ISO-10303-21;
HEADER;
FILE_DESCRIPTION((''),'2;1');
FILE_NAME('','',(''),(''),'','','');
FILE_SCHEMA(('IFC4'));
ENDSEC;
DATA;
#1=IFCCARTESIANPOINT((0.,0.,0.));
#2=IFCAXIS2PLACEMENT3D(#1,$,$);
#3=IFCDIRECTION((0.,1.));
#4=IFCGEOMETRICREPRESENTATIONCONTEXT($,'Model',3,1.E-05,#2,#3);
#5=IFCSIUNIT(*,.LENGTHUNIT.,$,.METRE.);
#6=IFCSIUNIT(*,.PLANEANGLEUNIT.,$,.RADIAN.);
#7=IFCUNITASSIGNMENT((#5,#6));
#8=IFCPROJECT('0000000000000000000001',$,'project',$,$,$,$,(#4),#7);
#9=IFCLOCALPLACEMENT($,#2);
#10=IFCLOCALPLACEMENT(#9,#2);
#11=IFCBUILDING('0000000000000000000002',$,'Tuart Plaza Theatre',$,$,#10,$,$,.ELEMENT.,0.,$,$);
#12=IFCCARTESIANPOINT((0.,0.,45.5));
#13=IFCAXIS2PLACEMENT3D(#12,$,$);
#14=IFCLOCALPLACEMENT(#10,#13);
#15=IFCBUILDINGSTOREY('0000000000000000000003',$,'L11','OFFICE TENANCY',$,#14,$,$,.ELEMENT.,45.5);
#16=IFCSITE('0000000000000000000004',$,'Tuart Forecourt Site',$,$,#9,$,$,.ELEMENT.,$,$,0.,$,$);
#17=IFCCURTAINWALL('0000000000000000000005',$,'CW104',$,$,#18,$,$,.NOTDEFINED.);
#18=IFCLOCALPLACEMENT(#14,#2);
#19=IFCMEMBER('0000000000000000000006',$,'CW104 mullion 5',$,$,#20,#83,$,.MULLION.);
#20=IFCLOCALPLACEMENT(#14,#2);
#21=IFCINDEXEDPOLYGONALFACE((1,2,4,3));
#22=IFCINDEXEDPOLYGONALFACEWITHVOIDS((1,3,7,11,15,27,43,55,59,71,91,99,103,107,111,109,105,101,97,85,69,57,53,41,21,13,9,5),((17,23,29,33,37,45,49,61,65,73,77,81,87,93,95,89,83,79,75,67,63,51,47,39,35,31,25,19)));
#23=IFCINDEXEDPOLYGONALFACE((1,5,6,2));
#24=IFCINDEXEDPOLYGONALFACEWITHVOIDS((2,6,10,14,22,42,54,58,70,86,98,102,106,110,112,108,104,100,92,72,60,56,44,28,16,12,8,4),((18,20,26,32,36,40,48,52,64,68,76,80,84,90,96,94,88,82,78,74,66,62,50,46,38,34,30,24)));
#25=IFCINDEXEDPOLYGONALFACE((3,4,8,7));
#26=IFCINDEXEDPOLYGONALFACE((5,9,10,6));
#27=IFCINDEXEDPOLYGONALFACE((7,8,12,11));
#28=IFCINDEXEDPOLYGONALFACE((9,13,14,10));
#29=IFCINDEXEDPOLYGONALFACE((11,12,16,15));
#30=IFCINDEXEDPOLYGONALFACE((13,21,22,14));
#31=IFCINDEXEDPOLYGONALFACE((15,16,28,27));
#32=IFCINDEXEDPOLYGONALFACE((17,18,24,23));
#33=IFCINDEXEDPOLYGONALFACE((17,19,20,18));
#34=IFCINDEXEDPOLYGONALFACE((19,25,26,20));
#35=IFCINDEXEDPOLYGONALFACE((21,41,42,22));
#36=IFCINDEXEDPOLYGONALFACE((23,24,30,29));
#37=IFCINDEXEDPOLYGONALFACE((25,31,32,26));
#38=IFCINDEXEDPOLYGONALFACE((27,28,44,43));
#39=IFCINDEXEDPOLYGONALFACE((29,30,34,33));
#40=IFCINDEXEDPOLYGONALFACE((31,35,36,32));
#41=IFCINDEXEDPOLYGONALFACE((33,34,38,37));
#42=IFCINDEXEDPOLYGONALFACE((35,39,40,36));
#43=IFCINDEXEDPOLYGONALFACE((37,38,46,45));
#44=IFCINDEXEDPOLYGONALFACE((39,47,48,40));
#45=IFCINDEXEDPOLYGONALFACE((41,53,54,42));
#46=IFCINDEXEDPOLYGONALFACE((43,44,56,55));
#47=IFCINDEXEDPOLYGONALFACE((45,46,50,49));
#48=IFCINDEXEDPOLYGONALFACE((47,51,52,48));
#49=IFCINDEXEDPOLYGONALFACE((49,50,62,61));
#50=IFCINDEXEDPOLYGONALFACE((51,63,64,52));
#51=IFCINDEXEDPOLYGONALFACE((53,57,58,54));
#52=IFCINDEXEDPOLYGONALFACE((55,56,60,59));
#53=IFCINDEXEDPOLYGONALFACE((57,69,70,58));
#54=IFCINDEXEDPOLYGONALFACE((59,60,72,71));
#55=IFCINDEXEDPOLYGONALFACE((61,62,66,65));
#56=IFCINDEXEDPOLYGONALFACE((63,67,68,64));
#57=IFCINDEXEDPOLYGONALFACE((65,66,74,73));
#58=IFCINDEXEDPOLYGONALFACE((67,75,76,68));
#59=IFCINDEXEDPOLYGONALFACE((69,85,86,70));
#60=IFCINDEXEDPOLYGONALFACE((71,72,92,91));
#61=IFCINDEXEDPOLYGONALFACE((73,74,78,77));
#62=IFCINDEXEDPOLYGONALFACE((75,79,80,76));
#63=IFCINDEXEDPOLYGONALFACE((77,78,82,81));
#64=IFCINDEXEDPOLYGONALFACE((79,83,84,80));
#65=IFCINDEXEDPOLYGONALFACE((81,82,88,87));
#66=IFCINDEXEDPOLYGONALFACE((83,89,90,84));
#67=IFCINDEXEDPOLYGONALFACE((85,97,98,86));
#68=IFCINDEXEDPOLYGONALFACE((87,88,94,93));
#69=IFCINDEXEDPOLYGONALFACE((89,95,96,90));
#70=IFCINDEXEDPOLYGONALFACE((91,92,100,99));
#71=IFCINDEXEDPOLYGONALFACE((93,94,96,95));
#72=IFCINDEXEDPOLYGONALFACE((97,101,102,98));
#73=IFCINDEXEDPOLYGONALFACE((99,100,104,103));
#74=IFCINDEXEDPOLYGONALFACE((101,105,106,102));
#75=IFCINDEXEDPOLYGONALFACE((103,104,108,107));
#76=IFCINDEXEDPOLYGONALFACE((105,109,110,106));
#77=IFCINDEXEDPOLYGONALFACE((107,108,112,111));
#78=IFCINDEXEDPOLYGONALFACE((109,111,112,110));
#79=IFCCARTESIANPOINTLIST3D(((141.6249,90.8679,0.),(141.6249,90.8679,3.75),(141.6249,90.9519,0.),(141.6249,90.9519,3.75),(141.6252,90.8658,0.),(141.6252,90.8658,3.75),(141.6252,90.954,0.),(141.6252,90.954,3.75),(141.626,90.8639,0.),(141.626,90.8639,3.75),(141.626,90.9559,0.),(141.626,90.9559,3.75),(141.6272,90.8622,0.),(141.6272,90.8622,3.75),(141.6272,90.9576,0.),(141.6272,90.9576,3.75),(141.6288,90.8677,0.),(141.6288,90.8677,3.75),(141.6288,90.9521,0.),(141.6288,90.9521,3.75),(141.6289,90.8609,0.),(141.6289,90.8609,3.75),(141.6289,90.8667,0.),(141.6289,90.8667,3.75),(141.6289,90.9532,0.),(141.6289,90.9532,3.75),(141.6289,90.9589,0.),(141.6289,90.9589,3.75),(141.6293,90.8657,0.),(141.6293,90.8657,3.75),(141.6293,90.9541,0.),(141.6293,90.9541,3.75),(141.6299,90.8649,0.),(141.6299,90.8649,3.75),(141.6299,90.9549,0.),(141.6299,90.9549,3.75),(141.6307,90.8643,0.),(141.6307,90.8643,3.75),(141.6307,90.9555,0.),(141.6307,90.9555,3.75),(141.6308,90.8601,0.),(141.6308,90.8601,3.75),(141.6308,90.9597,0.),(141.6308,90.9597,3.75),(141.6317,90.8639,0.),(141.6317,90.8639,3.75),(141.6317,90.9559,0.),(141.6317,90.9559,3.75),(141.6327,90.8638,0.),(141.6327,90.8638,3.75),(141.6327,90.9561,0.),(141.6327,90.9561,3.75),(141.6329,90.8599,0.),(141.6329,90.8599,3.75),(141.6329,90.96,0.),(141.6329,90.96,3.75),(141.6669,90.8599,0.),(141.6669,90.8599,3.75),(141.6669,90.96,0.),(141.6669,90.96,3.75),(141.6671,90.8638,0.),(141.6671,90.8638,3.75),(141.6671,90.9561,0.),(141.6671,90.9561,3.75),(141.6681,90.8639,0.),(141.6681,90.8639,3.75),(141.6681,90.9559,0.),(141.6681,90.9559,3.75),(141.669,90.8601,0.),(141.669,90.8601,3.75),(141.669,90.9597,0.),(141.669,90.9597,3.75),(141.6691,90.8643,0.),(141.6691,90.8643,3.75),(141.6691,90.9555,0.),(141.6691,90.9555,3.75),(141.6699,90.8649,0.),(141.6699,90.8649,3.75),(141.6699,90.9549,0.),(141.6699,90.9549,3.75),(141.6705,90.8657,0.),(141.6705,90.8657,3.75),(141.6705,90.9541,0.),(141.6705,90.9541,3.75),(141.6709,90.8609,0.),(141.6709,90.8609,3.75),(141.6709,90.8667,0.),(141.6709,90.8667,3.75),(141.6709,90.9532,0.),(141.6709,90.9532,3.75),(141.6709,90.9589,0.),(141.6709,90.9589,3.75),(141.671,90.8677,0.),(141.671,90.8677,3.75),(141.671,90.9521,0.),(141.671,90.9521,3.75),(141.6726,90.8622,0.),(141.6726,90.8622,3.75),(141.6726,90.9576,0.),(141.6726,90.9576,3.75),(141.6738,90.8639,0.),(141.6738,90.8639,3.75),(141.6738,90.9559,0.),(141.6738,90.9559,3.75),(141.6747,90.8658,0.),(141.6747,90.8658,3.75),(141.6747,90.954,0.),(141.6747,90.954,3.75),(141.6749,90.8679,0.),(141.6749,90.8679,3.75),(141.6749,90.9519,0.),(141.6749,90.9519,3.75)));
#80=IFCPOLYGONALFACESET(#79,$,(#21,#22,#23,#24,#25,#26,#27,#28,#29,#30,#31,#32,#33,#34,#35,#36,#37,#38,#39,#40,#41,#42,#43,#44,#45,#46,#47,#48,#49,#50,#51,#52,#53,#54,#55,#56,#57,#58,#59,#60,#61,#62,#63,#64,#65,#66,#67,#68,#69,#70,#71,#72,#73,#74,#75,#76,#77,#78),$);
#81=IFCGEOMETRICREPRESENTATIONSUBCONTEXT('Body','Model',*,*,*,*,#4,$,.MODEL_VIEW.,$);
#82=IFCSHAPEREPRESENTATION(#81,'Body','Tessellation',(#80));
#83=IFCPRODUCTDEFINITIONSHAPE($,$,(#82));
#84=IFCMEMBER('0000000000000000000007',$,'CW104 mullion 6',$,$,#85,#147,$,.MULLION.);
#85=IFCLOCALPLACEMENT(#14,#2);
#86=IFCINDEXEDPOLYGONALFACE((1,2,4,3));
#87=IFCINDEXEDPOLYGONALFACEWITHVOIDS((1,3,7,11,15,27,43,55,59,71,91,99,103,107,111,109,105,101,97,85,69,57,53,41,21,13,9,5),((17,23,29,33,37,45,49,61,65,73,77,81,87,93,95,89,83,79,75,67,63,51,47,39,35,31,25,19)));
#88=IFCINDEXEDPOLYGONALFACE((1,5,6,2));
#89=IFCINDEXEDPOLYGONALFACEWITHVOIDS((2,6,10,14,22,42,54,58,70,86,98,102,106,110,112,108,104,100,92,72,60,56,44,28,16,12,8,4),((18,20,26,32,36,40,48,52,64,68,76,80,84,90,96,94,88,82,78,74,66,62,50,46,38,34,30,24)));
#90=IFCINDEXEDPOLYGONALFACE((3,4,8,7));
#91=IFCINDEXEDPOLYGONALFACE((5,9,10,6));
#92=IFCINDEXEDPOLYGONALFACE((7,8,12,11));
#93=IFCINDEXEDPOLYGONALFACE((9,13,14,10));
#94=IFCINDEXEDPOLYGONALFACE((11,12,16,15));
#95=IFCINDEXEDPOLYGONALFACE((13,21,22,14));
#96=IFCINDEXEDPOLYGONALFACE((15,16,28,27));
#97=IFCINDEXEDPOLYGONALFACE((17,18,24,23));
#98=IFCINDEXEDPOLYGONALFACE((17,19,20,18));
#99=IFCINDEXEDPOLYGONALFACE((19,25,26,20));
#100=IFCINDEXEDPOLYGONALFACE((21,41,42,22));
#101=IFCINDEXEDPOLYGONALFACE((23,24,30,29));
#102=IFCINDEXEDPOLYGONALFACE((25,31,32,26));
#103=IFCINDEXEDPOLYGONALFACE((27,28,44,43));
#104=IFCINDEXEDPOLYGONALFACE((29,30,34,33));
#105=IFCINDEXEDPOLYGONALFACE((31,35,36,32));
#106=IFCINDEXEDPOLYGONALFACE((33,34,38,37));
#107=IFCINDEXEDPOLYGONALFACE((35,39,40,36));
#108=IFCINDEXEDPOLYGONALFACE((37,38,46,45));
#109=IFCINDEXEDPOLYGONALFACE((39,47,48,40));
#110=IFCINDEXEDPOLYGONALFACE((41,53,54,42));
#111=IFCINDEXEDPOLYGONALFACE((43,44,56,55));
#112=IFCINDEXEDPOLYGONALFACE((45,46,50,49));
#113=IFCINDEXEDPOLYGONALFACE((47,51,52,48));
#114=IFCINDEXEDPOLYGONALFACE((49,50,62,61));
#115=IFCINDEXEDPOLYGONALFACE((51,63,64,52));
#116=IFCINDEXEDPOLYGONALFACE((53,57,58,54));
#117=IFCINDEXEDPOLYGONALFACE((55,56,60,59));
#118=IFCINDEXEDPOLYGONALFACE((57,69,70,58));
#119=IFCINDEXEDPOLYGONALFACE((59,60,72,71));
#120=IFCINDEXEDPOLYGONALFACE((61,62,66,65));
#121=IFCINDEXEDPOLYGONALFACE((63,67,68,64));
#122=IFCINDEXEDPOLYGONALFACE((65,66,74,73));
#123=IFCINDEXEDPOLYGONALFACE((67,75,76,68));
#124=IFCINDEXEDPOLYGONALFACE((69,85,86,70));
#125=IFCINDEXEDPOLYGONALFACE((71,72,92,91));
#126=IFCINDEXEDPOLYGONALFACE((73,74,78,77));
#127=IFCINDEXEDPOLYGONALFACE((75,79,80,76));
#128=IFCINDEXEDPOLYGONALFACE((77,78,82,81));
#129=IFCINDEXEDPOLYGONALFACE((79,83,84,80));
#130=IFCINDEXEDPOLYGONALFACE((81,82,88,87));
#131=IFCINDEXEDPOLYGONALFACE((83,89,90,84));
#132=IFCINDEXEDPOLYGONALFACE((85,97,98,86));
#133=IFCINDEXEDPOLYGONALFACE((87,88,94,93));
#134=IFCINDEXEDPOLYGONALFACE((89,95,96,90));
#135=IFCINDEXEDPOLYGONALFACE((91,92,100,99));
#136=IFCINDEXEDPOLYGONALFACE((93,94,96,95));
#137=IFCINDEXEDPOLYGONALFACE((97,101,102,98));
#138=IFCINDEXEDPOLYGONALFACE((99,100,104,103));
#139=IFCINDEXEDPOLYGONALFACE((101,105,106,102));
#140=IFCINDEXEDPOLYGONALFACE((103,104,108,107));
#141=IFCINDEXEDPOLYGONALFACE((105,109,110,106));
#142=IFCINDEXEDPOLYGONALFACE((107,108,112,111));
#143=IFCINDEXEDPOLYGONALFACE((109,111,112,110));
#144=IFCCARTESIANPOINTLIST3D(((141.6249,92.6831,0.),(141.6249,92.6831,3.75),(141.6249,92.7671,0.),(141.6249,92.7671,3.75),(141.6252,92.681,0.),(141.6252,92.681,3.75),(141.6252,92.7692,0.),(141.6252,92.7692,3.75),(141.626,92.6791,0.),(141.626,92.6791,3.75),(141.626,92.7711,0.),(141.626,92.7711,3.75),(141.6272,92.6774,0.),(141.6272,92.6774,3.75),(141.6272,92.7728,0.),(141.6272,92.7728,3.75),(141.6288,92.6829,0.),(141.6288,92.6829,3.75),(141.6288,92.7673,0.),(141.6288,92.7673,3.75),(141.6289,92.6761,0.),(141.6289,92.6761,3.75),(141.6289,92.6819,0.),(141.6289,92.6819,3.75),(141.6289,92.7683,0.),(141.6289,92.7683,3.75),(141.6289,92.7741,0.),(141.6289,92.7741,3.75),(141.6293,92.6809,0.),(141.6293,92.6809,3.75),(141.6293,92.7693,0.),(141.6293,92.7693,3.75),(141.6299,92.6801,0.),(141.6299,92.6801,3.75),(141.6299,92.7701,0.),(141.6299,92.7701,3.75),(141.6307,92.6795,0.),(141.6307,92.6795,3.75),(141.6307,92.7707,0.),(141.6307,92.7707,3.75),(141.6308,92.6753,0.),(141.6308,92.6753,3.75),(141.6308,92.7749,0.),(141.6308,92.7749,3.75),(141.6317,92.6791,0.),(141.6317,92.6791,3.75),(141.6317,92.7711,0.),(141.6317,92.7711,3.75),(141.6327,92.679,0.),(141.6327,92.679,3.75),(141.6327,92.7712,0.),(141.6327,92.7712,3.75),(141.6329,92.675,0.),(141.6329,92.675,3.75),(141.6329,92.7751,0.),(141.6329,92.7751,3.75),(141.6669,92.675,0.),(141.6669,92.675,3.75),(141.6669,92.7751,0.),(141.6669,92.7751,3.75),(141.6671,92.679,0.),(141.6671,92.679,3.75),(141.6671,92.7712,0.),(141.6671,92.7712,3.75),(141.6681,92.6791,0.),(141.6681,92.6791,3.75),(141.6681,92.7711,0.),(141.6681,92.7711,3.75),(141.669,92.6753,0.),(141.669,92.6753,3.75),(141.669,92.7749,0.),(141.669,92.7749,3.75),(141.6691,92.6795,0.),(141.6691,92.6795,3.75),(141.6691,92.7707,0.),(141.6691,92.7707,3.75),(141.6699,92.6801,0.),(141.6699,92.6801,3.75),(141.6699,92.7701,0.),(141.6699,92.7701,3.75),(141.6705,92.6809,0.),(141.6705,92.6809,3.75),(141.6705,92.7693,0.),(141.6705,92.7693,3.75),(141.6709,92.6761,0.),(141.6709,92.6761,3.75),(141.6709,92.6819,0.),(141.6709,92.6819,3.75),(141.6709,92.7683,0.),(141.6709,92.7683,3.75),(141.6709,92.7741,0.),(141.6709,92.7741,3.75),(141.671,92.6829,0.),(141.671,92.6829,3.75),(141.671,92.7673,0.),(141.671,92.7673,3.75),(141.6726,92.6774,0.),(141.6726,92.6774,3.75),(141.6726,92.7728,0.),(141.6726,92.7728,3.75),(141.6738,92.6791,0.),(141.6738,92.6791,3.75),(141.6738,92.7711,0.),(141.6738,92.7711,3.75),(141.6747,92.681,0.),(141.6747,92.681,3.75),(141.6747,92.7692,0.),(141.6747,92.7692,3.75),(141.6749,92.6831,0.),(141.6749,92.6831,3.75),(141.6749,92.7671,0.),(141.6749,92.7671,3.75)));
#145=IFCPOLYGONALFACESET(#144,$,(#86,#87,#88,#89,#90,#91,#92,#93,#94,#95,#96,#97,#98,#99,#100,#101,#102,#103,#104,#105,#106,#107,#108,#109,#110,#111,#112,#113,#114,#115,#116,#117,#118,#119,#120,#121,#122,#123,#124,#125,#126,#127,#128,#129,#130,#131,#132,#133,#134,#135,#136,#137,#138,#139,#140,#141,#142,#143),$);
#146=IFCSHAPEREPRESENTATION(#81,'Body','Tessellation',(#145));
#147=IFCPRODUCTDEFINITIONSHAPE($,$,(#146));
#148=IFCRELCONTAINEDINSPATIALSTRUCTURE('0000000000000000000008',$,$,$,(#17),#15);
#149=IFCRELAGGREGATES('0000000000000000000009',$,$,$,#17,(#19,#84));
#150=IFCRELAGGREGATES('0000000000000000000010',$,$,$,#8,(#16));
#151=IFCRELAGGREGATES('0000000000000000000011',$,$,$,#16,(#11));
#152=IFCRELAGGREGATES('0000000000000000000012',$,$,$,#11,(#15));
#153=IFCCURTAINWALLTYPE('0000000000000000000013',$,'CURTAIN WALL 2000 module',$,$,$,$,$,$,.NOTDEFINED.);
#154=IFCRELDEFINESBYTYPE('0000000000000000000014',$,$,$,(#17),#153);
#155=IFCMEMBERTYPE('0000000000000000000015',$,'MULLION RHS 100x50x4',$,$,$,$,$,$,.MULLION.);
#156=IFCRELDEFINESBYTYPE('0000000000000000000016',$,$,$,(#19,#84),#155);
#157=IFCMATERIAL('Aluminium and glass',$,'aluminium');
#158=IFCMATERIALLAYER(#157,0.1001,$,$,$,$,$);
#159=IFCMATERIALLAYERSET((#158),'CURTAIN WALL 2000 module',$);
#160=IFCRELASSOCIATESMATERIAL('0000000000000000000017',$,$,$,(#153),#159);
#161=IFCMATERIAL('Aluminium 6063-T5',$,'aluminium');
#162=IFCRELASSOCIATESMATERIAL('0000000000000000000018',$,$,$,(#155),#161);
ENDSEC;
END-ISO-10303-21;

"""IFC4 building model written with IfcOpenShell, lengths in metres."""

from ifc_helpers import new_model, si_unit, direction, frame, origin, origin_2d, place, context, subcontext, project, spatial, hollow_rectangle, extrude, material, layer, layer_set, material_profile, profile_set, type_object, element, aggregate, save


model = new_model("IFC4")

# Units and contexts
model_context = context("Model", 3, precision=1e-05, world=origin(), true_north=direction((0.0, 1.0)))
body_context = subcontext(model_context, "Body", "Model", "MODEL_VIEW")
ifc_project = project(units=[si_unit("LENGTHUNIT", "METRE"), si_unit("PLANEANGLEUNIT", "RADIAN")], contexts=[model_context])

# Site, building, storey
site_placement = place(None, origin())
site = spatial("IfcSite", under=ifc_project, at=site_placement, Name="Tuart Forecourt Site", CompositionType="ELEMENT", RefElevation=0.0)
building_placement = place(site_placement, origin())
building = spatial("IfcBuilding", under=site, at=building_placement, Name="Tuart Plaza Theatre", CompositionType="ELEMENT", ElevationOfRefHeight=0.0)
storey_placement = place(building_placement, frame((0.0, 0.0, 45.5)))
storey = spatial("IfcBuildingStorey", under=building, at=storey_placement, Name="L11", Description="OFFICE TENANCY", CompositionType="ELEMENT", Elevation=45.5)

# Curtain wall, members
ifc_material_1 = material(Name="Aluminium and glass", Category="aluminium")
ifc_layer_1 = layer(ifc_material_1, 0.1001)
ifc_layer_set_1 = layer_set([ifc_layer_1], Name="CURTAIN WALL 2000 module")
curtain_wall_type = type_object("IfcCurtainWallType", Name="CURTAIN WALL 2000 module", PredefinedType="NOTDEFINED", material=ifc_layer_set_1)
curtain_wall_placement = place(storey_placement, origin())
curtain_wall = element("IfcCurtainWall", 1, at=curtain_wall_placement, inside=storey, type_object=curtain_wall_type, Name="CW104", PredefinedType="NOTDEFINED")
ifc_material_2 = material(Name="Aluminium 6063-T5", Category="aluminium")
ifc_material_profile_1 = material_profile(ifc_material_2, hollow_rectangle(XDim=0.05, YDim=0.1001, WallThickness=0.0039, InnerFilletRadius=0.0039, OuterFilletRadius=0.0081, at=origin_2d()), Name="RHS 100x50x4")
ifc_profile_set_1 = profile_set([ifc_material_profile_1], Name="Aluminium 6063-T5")
member_type_1 = type_object("IfcMemberType", Name="MULLION RHS 100x50x4", PredefinedType="MULLION", material=ifc_profile_set_1)
member_1_placement = place(storey_placement, frame((141.6499, 90.9099, 0.0), z_axis=(0.0, 0.0, 1.0), x_axis=(-1.0, 0.0, 0.0)))
member_1 = element("IfcMember", 2, at=member_1_placement, type_object=member_type_1, Name="CW104 mullion 5", PredefinedType="MULLION", context=body_context, shape_type="SweptSolid", body=[
    extrude(hollow_rectangle(XDim=0.05, YDim=0.1001, WallThickness=0.0039, InnerFilletRadius=0.0039, OuterFilletRadius=0.0081, at=origin_2d()), origin(), (0.0, 0.0, 1.0), 3.75),
])
member_2_placement = place(storey_placement, frame((141.6499, 92.7251, 0.0), z_axis=(0.0, 0.0, 1.0), x_axis=(-1.0, 0.0, 0.0)))
member_2 = element("IfcMember", 3, at=member_2_placement, type_object=member_type_1, Name="CW104 mullion 6", PredefinedType="MULLION", context=body_context, shape_type="SweptSolid", body=[
    extrude(hollow_rectangle(XDim=0.05, YDim=0.1001, WallThickness=0.0039, InnerFilletRadius=0.0039, OuterFilletRadius=0.0081, at=origin_2d()), origin(), (0.0, 0.0, 1.0), 3.75),
])
aggregate(curtain_wall, [member_1, member_2])

save(model, "model.ifc")
